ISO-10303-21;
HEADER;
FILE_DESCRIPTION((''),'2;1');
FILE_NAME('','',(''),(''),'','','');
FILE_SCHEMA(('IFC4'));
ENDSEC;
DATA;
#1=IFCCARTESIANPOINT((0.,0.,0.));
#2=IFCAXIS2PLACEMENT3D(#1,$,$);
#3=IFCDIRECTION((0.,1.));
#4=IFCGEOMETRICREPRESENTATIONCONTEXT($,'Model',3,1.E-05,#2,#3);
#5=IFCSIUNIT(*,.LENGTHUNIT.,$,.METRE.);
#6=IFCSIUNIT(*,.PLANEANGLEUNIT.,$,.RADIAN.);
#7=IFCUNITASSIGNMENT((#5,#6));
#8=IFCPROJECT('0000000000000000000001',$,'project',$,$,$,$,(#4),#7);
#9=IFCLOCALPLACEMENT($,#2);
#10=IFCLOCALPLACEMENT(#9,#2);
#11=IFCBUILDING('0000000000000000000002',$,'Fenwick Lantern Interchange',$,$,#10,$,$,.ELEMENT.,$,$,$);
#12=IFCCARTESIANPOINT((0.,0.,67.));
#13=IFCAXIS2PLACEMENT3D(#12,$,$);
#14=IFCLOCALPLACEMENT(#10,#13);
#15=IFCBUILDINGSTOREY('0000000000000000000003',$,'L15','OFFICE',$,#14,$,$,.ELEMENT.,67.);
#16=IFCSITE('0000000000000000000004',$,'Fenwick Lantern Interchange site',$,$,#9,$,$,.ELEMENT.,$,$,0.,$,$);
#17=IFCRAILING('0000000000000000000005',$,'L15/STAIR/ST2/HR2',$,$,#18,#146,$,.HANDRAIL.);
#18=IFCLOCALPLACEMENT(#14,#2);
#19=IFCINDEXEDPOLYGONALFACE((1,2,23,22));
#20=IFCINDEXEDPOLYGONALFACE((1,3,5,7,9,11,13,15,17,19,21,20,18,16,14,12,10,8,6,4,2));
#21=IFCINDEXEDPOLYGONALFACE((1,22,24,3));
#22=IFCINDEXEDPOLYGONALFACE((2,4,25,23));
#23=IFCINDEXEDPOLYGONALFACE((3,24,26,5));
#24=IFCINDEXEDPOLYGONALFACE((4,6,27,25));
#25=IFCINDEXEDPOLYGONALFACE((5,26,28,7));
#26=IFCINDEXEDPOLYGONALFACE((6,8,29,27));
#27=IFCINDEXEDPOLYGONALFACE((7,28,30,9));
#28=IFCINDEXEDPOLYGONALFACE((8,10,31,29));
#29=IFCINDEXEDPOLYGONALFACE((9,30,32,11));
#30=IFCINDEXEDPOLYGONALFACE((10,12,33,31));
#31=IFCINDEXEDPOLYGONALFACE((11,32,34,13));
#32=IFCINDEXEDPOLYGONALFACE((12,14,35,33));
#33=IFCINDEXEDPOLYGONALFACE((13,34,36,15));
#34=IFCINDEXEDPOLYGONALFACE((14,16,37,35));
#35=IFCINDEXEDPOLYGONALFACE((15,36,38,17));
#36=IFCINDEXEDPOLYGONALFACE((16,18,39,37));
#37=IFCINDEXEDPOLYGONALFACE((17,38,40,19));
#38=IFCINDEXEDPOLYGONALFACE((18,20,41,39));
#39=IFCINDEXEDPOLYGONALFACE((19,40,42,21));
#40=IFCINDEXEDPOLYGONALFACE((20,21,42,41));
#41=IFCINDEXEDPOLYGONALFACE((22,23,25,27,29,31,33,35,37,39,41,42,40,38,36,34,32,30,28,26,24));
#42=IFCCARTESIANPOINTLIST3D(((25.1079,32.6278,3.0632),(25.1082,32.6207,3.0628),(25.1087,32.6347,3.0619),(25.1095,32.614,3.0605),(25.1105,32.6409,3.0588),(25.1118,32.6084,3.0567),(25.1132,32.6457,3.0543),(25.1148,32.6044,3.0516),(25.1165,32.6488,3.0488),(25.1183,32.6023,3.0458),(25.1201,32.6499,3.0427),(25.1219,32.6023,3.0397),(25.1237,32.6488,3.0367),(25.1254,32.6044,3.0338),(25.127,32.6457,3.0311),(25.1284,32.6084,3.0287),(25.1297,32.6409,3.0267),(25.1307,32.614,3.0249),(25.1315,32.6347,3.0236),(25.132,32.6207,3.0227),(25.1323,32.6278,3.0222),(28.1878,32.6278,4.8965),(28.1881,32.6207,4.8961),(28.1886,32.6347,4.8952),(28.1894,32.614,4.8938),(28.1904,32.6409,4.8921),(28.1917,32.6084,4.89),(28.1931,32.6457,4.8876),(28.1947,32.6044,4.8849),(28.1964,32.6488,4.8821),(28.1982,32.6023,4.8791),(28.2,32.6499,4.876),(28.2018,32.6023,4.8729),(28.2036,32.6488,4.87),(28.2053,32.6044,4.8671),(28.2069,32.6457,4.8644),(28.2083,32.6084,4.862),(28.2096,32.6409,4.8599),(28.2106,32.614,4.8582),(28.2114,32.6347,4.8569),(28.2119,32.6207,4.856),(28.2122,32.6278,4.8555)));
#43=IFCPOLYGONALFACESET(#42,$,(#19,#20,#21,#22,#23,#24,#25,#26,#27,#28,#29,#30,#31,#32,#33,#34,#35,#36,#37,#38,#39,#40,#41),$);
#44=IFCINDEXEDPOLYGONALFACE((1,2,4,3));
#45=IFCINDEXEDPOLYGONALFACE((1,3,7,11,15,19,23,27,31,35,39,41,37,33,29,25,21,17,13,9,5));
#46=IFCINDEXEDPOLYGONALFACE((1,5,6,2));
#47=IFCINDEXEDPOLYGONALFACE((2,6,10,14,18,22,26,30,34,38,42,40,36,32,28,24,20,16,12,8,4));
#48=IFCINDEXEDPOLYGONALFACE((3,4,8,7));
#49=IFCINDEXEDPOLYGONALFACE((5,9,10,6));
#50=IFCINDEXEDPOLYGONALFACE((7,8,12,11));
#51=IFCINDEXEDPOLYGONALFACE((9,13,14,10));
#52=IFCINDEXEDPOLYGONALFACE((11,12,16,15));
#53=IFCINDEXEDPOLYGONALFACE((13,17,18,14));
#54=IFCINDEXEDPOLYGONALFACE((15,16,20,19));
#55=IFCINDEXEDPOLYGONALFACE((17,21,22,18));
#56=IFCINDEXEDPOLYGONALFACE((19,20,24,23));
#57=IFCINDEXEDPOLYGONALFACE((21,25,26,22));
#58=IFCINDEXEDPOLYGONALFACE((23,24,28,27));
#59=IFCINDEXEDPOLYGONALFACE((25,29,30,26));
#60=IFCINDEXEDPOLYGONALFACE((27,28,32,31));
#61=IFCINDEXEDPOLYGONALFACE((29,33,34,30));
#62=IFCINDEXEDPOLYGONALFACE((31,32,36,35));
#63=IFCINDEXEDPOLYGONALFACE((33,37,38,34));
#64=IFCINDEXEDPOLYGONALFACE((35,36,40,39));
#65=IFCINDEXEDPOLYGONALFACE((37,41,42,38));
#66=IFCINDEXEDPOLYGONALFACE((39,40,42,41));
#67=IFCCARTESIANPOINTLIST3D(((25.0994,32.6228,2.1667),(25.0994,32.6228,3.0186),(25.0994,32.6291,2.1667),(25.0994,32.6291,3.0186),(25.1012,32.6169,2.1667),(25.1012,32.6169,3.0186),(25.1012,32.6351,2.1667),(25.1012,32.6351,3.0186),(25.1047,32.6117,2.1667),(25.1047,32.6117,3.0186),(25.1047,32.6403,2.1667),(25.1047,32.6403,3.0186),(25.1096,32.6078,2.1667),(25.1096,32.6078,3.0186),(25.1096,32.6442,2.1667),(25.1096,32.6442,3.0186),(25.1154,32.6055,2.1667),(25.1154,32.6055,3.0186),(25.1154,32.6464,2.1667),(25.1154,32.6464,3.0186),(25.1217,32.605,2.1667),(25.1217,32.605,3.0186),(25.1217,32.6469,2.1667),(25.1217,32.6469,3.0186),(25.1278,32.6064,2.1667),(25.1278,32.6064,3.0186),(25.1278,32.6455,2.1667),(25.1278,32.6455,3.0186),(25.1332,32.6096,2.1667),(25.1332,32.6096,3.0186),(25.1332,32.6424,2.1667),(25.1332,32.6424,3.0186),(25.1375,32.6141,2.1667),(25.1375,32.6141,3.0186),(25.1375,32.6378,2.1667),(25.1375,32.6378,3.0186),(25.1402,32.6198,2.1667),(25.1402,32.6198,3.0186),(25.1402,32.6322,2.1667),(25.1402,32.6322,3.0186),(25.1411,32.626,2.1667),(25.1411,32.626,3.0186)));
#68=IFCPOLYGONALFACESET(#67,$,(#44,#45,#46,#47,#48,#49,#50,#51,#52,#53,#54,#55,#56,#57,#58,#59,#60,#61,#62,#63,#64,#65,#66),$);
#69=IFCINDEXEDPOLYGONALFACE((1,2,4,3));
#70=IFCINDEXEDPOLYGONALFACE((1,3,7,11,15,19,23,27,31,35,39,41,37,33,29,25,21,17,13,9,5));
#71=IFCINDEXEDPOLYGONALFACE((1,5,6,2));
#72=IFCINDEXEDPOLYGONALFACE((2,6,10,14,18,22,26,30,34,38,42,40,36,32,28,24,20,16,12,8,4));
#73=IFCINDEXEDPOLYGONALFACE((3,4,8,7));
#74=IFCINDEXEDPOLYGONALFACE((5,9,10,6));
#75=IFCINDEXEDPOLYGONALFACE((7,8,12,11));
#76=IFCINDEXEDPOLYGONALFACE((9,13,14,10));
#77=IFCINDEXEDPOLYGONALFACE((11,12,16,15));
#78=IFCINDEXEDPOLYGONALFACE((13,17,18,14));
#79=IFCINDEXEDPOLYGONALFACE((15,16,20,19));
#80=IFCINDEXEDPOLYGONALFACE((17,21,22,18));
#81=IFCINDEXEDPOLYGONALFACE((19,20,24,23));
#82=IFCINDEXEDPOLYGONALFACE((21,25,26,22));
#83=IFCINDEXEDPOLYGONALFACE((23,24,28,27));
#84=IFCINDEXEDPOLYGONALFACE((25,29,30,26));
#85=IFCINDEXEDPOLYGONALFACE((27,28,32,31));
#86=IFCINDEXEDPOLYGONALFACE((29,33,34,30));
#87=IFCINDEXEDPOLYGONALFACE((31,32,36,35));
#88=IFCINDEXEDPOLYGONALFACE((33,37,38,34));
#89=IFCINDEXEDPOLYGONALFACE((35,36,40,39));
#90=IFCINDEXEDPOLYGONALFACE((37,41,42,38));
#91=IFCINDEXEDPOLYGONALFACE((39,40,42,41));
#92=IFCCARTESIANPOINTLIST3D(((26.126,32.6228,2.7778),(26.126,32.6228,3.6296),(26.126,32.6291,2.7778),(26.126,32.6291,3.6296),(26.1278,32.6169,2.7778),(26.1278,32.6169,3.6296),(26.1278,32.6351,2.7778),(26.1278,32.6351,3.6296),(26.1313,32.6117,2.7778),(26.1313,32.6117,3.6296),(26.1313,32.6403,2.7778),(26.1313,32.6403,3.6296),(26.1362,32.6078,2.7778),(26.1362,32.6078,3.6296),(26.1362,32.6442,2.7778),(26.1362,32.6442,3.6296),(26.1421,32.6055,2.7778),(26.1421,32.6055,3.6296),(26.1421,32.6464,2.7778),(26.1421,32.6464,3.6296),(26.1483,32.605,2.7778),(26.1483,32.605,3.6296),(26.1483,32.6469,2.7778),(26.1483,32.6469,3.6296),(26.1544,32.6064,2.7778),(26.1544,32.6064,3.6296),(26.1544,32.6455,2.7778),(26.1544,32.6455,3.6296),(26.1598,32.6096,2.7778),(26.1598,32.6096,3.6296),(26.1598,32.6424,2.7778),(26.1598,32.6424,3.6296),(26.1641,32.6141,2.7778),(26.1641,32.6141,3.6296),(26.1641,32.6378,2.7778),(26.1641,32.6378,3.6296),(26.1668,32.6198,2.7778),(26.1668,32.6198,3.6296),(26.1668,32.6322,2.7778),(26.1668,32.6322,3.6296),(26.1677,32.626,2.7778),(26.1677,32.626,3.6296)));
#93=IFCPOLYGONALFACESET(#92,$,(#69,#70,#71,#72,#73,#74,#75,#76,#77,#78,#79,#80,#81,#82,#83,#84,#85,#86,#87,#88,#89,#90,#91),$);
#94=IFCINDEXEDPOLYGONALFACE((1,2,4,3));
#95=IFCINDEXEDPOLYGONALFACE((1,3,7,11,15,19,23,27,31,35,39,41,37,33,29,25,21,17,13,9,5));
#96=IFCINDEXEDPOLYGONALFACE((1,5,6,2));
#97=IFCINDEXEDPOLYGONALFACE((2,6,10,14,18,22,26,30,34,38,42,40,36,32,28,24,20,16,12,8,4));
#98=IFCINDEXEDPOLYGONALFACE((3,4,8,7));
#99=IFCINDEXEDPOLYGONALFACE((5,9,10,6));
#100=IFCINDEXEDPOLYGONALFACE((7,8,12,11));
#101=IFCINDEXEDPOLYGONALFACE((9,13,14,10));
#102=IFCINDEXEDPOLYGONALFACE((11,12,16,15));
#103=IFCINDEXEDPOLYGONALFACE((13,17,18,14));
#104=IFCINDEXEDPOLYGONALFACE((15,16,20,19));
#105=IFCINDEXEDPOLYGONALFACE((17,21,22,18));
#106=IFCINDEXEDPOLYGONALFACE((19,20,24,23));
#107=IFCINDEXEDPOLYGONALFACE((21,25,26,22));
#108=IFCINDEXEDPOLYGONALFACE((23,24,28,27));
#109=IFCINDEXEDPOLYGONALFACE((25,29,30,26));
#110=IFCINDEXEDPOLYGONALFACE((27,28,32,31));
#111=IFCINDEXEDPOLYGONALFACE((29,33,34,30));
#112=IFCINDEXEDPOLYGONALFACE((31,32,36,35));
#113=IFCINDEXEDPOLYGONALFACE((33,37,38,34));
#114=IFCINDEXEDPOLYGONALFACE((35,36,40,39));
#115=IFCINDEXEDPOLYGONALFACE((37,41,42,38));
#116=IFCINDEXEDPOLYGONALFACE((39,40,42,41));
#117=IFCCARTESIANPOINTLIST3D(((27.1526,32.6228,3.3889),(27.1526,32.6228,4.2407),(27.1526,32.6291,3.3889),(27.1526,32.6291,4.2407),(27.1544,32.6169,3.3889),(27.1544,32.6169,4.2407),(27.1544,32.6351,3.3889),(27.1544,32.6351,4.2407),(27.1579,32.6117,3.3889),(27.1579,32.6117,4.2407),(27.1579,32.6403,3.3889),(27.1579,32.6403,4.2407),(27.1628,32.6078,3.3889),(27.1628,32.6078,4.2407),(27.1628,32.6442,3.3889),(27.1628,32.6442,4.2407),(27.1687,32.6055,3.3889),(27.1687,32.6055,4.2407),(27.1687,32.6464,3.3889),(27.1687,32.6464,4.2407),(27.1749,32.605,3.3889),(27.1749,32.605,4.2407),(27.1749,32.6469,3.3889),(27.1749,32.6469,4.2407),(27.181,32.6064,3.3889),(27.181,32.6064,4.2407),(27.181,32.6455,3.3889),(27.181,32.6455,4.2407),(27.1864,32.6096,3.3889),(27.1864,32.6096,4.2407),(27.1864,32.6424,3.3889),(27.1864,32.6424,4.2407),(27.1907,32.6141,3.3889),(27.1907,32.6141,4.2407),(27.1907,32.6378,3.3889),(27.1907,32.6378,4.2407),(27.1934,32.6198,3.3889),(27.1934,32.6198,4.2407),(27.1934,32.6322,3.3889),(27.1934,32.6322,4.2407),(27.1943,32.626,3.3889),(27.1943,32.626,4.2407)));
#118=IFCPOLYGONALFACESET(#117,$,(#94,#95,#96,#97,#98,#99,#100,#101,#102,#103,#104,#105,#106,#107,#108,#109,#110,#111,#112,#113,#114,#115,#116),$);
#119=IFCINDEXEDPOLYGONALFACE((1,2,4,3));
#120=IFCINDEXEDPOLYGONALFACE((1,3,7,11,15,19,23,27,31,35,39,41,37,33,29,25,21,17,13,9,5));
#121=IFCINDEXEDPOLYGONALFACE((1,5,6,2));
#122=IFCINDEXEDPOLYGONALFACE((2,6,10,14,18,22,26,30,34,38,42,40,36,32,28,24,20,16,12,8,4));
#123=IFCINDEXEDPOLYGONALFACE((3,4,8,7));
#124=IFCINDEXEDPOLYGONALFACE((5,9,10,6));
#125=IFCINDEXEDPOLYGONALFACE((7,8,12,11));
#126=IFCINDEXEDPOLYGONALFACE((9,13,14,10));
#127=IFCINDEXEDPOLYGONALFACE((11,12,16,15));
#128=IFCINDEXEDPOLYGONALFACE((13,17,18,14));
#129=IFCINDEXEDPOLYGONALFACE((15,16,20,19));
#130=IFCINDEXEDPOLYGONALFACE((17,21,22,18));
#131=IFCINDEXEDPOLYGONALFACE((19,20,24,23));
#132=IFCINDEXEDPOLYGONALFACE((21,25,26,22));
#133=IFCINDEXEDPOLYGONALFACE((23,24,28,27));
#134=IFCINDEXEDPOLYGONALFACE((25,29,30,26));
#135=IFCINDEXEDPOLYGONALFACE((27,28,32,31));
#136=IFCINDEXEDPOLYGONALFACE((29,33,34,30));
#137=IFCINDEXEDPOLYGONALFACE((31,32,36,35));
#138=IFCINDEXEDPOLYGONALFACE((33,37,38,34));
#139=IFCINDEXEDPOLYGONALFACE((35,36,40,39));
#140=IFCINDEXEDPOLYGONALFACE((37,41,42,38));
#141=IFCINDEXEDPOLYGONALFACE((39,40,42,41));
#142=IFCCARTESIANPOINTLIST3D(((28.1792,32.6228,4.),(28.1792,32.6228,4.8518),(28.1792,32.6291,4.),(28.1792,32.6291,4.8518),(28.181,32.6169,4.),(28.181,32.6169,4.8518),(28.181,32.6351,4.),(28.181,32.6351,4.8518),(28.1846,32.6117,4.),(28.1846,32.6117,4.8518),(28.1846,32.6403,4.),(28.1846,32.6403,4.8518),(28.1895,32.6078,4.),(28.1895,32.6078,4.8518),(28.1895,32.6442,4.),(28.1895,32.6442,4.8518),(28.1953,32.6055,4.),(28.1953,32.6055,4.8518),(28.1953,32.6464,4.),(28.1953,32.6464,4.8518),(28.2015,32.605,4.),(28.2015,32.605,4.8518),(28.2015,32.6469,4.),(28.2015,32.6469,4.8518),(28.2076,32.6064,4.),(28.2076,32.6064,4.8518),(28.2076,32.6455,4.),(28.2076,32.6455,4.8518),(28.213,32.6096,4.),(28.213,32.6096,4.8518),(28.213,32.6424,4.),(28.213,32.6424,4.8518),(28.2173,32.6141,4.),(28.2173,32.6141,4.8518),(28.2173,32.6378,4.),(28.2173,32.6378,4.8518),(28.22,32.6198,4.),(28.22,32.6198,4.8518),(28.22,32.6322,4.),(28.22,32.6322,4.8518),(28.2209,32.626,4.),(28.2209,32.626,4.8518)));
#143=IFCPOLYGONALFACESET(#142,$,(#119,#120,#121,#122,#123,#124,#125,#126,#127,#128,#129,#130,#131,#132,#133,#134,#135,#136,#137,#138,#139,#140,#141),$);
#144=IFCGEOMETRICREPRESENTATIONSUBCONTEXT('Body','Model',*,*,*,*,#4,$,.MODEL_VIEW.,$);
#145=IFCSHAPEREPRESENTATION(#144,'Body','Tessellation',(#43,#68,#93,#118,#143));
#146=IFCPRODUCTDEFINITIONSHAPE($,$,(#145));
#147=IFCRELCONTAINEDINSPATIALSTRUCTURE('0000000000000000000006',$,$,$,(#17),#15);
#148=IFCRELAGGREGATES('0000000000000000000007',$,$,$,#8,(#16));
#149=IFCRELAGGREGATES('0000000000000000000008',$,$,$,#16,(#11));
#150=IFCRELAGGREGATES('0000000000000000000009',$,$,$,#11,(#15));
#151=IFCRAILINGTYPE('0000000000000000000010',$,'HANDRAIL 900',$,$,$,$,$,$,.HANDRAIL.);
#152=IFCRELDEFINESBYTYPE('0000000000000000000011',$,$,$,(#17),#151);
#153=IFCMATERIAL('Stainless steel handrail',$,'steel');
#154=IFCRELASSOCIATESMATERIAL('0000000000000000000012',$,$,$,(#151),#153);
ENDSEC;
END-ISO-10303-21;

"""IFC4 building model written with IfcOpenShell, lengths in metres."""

from ifc_helpers import new_model, si_unit, direction, frame, origin, origin_2d, place, context, subcontext, project, spatial, circle, extrude, material, type_object, element, save


model = new_model("IFC4")

# Units and contexts
model_context = context("Model", 3, precision=1e-05, world=origin(), true_north=direction((0.0, 1.0)))
body_context = subcontext(model_context, "Body", "Model", "MODEL_VIEW")
ifc_project = project(units=[si_unit("LENGTHUNIT", "METRE"), si_unit("PLANEANGLEUNIT", "RADIAN")], contexts=[model_context])

# Site, building, storey
site_placement = place(None, origin())
site = spatial("IfcSite", under=ifc_project, at=site_placement, Name="Fenwick Lantern Interchange site", CompositionType="ELEMENT", RefElevation=0.0)
building_placement = place(site_placement, origin())
building = spatial("IfcBuilding", under=site, at=building_placement, Name="Fenwick Lantern Interchange", CompositionType="ELEMENT")
storey_placement = place(building_placement, frame((0.0, 0.0, 67.0)))
storey = spatial("IfcBuildingStorey", under=building, at=storey_placement, Name="L15", Description="OFFICE", CompositionType="ELEMENT", Elevation=67.0)

# Railing
ifc_material_1 = material(Name="Stainless steel handrail", Category="steel")
railing_type = type_object("IfcRailingType", Name="HANDRAIL 900", PredefinedType="HANDRAIL", material=ifc_material_1)
railing_1_placement = place(storey_placement, frame((25.1201, 32.626, 2.1667)))
element("IfcRailing", 1, at=railing_1_placement, inside=storey, type_object=railing_type, Name="L15/STAIR/ST2/HR2", PredefinedType="HANDRAIL", context=body_context, shape_type="SweptSolid", body=[
    extrude(circle(Radius=0.0239, at=origin_2d()), frame((0.0, 0.0, 0.876), z_axis=(0.859291, 0.0, 0.511487), x_axis=(0.0, 1.0, 0.0)), (0.0, 0.0, 1.0), 3.5842),
    extrude(circle(Radius=0.021, at=origin_2d()), origin(), (0.0, 0.0, 1.0), 0.8518),
    extrude(circle(Radius=0.021, at=origin_2d()), frame((1.0266, 0.0, 0.6111)), (0.0, 0.0, 1.0), 0.8518),
    extrude(circle(Radius=0.021, at=origin_2d()), frame((2.0532, 0.0, 1.2222)), (0.0, 0.0, 1.0), 0.8518),
    extrude(circle(Radius=0.021, at=origin_2d()), frame((3.0798, 0.0, 1.8333)), (0.0, 0.0, 1.0), 0.8518),
])

save(model, "model.ifc")
